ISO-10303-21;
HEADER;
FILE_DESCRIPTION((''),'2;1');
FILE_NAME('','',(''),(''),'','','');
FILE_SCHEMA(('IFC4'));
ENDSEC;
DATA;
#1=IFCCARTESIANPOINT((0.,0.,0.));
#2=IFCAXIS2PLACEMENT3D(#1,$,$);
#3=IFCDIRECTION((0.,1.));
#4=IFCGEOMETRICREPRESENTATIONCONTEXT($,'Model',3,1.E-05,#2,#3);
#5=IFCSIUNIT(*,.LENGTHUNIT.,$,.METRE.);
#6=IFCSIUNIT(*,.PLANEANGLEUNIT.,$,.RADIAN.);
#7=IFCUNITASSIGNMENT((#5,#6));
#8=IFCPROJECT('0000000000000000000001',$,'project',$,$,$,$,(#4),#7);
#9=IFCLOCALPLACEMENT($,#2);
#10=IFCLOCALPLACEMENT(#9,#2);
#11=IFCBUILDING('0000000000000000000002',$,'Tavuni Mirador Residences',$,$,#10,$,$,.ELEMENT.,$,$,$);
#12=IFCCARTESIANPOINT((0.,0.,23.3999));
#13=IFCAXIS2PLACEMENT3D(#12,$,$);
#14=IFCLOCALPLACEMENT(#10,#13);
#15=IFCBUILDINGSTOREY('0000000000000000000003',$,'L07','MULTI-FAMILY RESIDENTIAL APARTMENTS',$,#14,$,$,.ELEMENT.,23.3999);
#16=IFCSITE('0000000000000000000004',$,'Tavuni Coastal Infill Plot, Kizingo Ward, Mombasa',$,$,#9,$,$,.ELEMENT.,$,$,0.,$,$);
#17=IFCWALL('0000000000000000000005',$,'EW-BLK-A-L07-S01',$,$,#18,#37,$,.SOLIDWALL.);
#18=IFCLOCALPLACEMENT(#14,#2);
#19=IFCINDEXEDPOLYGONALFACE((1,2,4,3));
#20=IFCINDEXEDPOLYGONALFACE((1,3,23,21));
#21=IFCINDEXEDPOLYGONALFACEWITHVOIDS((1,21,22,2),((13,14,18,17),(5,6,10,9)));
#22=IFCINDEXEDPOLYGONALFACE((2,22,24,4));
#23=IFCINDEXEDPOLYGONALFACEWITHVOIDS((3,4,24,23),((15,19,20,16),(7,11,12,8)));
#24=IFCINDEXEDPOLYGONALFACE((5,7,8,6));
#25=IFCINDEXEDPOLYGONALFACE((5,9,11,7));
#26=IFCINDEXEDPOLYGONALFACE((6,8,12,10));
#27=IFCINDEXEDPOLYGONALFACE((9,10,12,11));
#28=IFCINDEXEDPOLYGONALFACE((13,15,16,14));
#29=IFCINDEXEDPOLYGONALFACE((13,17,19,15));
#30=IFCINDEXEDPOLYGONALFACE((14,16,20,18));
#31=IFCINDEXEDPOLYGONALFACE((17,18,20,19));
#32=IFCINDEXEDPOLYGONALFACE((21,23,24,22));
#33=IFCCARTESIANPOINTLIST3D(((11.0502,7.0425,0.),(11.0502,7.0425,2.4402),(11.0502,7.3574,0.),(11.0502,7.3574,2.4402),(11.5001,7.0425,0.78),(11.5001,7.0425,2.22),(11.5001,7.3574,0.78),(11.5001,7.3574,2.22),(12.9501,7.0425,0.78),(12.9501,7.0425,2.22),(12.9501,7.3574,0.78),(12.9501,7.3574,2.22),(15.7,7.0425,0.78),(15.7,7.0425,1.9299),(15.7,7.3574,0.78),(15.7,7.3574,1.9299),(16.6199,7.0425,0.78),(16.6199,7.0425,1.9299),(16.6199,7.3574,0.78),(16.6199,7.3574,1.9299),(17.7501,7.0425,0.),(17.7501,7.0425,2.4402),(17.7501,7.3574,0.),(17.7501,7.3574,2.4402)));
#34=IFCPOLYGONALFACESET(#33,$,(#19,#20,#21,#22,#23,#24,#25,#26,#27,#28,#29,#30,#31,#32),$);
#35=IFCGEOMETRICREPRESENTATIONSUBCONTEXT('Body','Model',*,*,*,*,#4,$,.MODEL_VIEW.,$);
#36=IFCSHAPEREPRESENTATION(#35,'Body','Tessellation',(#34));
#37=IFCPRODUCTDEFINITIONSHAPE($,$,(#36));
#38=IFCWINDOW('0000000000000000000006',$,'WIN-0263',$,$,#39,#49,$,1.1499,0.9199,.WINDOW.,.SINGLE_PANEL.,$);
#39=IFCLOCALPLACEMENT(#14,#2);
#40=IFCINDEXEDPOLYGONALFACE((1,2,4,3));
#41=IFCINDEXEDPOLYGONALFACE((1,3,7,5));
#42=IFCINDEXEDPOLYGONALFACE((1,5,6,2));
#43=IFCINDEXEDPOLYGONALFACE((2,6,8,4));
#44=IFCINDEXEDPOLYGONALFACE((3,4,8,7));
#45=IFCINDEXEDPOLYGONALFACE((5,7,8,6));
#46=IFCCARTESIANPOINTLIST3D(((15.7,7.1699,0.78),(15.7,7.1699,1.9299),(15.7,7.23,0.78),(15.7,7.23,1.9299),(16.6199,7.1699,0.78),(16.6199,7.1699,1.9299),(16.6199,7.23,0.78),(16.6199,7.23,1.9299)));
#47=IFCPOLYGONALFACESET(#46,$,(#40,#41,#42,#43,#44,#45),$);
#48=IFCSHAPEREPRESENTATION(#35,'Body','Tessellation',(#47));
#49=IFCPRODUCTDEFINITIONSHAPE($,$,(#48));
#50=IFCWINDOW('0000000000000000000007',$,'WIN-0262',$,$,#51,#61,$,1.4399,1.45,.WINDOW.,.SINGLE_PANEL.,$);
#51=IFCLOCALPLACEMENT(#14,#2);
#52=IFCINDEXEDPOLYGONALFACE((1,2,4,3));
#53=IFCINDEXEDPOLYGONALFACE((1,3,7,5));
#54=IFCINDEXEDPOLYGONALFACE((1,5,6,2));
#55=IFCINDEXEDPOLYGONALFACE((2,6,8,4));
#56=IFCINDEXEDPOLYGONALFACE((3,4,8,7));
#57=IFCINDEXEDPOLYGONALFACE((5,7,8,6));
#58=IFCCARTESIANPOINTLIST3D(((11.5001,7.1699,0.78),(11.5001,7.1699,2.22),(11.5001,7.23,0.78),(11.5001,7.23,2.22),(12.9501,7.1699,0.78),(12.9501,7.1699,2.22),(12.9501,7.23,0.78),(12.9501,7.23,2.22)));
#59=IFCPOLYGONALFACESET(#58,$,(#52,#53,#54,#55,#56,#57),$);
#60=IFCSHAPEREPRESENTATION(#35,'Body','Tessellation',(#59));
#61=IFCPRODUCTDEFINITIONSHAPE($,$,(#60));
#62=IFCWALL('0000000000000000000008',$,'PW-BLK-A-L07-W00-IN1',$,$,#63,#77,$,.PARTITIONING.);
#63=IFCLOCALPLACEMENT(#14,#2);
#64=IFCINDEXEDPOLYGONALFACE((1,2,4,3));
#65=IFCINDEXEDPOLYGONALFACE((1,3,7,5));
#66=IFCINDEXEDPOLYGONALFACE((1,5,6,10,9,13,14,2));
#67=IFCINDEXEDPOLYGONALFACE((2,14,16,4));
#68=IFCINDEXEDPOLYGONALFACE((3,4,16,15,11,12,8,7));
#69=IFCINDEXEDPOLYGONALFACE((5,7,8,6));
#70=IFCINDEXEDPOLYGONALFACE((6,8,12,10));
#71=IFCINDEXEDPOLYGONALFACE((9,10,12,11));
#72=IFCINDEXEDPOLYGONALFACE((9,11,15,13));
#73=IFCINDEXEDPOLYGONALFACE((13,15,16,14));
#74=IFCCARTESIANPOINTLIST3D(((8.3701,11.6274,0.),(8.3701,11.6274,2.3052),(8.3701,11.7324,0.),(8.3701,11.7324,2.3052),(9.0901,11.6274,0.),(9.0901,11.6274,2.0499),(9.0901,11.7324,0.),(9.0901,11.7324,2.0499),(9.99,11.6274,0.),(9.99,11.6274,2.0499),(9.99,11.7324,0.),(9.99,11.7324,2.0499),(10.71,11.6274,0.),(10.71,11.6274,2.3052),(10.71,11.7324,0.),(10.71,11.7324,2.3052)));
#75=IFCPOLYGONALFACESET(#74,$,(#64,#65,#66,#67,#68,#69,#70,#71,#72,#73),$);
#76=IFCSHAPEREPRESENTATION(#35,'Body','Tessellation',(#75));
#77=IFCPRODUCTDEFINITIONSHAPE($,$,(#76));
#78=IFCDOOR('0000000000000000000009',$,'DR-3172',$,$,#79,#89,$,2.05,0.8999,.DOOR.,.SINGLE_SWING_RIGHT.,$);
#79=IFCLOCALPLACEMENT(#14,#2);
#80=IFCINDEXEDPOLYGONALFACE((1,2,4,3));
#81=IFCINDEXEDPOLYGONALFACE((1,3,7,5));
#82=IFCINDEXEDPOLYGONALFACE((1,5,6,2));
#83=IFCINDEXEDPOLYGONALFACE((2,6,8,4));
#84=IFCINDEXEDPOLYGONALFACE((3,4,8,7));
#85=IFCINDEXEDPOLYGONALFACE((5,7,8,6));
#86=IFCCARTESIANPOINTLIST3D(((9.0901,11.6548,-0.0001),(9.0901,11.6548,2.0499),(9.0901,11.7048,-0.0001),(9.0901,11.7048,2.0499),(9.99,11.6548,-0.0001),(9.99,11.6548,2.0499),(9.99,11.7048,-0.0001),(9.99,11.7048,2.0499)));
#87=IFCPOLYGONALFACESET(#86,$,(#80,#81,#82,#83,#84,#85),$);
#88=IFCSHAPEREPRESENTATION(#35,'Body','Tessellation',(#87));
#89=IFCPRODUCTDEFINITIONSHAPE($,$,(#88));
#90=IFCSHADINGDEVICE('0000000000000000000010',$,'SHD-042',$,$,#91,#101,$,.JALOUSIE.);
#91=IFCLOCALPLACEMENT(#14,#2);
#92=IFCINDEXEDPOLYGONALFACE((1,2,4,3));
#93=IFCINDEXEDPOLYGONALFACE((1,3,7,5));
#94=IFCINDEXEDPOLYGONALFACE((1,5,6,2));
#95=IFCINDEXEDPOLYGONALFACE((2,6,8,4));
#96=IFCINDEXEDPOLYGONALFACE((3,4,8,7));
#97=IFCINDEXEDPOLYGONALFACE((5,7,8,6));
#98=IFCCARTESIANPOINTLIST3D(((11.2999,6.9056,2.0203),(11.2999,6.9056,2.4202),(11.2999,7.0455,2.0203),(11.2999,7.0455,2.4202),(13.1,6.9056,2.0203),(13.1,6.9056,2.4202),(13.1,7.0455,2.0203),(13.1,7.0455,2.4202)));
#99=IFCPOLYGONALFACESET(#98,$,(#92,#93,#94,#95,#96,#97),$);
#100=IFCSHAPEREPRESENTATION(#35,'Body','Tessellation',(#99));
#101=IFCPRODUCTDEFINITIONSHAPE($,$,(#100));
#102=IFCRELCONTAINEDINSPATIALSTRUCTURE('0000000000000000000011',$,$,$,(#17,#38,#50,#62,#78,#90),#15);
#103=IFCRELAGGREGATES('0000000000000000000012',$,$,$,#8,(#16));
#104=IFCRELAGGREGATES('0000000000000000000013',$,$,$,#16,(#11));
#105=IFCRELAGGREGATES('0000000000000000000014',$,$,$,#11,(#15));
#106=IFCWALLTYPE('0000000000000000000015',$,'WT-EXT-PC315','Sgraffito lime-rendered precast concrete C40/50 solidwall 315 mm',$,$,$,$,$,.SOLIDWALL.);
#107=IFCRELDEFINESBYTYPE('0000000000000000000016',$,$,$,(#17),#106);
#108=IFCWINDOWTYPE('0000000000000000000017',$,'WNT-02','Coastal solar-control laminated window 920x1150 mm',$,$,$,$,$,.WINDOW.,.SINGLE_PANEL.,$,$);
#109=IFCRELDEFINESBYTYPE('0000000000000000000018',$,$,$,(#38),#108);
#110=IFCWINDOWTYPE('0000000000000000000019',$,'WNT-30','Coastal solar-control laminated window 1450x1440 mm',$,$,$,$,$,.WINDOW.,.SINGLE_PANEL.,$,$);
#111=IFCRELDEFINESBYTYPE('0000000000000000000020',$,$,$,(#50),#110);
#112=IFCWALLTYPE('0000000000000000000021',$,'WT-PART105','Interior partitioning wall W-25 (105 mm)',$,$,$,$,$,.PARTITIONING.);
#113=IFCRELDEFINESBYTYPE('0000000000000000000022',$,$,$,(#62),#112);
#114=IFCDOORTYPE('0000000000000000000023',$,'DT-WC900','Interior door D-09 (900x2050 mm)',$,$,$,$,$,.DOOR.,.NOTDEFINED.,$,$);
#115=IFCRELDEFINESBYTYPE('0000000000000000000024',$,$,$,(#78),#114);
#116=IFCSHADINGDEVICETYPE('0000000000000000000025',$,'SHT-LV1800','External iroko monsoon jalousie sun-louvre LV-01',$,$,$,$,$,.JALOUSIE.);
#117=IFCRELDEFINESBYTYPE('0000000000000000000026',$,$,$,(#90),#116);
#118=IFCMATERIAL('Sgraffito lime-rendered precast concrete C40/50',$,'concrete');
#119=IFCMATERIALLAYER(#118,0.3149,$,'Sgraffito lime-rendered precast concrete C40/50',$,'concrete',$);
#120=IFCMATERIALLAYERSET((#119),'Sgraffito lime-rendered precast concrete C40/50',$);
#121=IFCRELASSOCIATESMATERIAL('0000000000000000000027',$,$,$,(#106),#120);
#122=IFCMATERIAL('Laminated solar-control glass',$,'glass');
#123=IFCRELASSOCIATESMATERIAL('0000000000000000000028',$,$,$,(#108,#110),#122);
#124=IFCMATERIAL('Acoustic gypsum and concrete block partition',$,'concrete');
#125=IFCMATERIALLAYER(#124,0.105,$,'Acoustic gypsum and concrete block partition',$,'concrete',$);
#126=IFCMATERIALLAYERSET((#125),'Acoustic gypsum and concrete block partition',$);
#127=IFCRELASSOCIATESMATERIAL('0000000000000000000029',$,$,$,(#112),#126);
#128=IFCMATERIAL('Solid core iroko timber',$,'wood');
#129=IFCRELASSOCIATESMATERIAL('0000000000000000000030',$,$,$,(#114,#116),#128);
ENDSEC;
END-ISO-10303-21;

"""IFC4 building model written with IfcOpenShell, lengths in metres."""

from ifc_helpers import new_model, si_unit, direction, frame, frame_2d, origin, origin_2d, place, context, subcontext, project, spatial, rectangle, extrude, material, layer, layer_set, type_object, element, fill, save


model = new_model("IFC4")

# Units and contexts
model_context = context("Model", 3, precision=1e-05, world=origin(), true_north=direction((0.0, 1.0)))
body_context = subcontext(model_context, "Body", "Model", "MODEL_VIEW")
ifc_project = project(units=[si_unit("LENGTHUNIT", "METRE"), si_unit("PLANEANGLEUNIT", "RADIAN")], contexts=[model_context])

# Site, building, storey
site_placement = place(None, origin())
site = spatial("IfcSite", under=ifc_project, at=site_placement, Name="Tavuni Coastal Infill Plot, Kizingo Ward, Mombasa", CompositionType="ELEMENT", RefElevation=0.0)
building_placement = place(site_placement, origin())
building = spatial("IfcBuilding", under=site, at=building_placement, Name="Tavuni Mirador Residences", CompositionType="ELEMENT")
storey_placement = place(building_placement, frame((0.0, 0.0, 23.3999)))
storey = spatial("IfcBuildingStorey", under=building, at=storey_placement, Name="L07", Description="MULTI-FAMILY RESIDENTIAL APARTMENTS", CompositionType="ELEMENT", Elevation=23.3999)

# Shared definitions
ifc_material_1 = material(Name="Solid core iroko timber", Category="wood")

# Wall, openings, windows
ifc_material_2 = material(Name="Sgraffito lime-rendered precast concrete C40/50", Category="concrete")
ifc_layer_1 = layer(ifc_material_2, 0.3149, Name="Sgraffito lime-rendered precast concrete C40/50", Category="concrete")
ifc_layer_set_1 = layer_set([ifc_layer_1], Name="Sgraffito lime-rendered precast concrete C40/50")
wall_type_1 = type_object("IfcWallType", Name="WT-EXT-PC315", Description="Sgraffito lime-rendered precast concrete C40/50 solidwall 315 mm", PredefinedType="SOLIDWALL", material=ifc_layer_set_1)
wall_1_placement = place(storey_placement, frame((11.05, 7.2, 0.0), z_axis=(0.0, 0.0, 1.0), x_axis=(1.0, 0.0, 0.0)))
wall_1 = element("IfcWall", 1, at=wall_1_placement, inside=storey, type_object=wall_type_1, Name="EW-BLK-A-L07-S01", PredefinedType="SOLIDWALL", context=body_context, shape_type="SweptSolid", body=[
    extrude(rectangle(XDim=6.7, YDim=0.3149, at=frame_2d((3.3501, 0.0))), origin(), (0.0, 0.0, 1.0), 2.4402),
])
opening_1_placement = place(wall_1_placement, frame((0.45, 0.0, 0.78)))
opening_1 = element("IfcOpeningElement", 2, at=opening_1_placement, cuts=wall_1, PredefinedType="OPENING", context=body_context, shape_type="SweptSolid", body=[
    extrude(rectangle(XDim=1.45, YDim=1.4399, at=frame_2d((0.7251, 0.72))), frame((0.0, 0.1675, 0.0), z_axis=(0.0, -1.0, 0.0), x_axis=(1.0, 0.0, 0.0)), (0.0, 0.0, 1.0), 0.335),
])
opening_2_placement = place(wall_1_placement, frame((4.6499, 0.0, 0.78)))
opening_2 = element("IfcOpeningElement", 3, at=opening_2_placement, cuts=wall_1, PredefinedType="OPENING", context=body_context, shape_type="SweptSolid", body=[
    extrude(rectangle(XDim=0.9199, YDim=1.1499, at=frame_2d((0.46, 0.575))), frame((0.0, 0.1675, 0.0), z_axis=(0.0, -1.0, 0.0), x_axis=(1.0, 0.0, 0.0)), (0.0, 0.0, 1.0), 0.335),
])
ifc_material_3 = material(Name="Laminated solar-control glass", Category="glass")
window_type_1 = type_object("IfcWindowType", Name="WNT-02", Description="Coastal solar-control laminated window 920x1150 mm", PartitioningType="SINGLE_PANEL", PredefinedType="WINDOW", material=ifc_material_3)
window_1_placement = place(opening_2_placement, origin())
window_1 = element("IfcWindow", 4, at=window_1_placement, inside=storey, type_object=window_type_1, Name="WIN-0263", OverallHeight=1.1499, OverallWidth=0.9199, PartitioningType="SINGLE_PANEL", PredefinedType="WINDOW", context=body_context, shape_type="SweptSolid", body=[
    extrude(rectangle(XDim=0.9199, YDim=1.1499, at=frame_2d((0.46, 0.575))), frame((0.0, 0.03, 0.0), z_axis=(0.0, -1.0, 0.0), x_axis=(1.0, 0.0, 0.0)), (0.0, 0.0, 1.0), 0.0601),
])
fill(opening_2, window_1)
window_type_2 = type_object("IfcWindowType", Name="WNT-30", Description="Coastal solar-control laminated window 1450x1440 mm", PartitioningType="SINGLE_PANEL", PredefinedType="WINDOW", material=ifc_material_3)
window_2_placement = place(opening_1_placement, origin())
window_2 = element("IfcWindow", 5, at=window_2_placement, inside=storey, type_object=window_type_2, Name="WIN-0262", OverallHeight=1.4399, OverallWidth=1.45, PartitioningType="SINGLE_PANEL", PredefinedType="WINDOW", context=body_context, shape_type="SweptSolid", body=[
    extrude(rectangle(XDim=1.45, YDim=1.4399, at=frame_2d((0.7251, 0.72))), frame((0.0, 0.03, 0.0), z_axis=(0.0, -1.0, 0.0), x_axis=(1.0, 0.0, 0.0)), (0.0, 0.0, 1.0), 0.0601),
])
fill(opening_1, window_2)

# Wall, opening, door
ifc_material_4 = material(Name="Acoustic gypsum and concrete block partition", Category="concrete")
ifc_layer_2 = layer(ifc_material_4, 0.105, Name="Acoustic gypsum and concrete block partition", Category="concrete")
ifc_layer_set_2 = layer_set([ifc_layer_2], Name="Acoustic gypsum and concrete block partition")
wall_type_2 = type_object("IfcWallType", Name="WT-PART105", Description="Interior partitioning wall W-25 (105 mm)", PredefinedType="PARTITIONING", material=ifc_layer_set_2)
wall_2_placement = place(storey_placement, frame((8.3701, 11.6799, 0.0), z_axis=(0.0, 0.0, 1.0), x_axis=(1.0, 0.0, 0.0)))
wall_2 = element("IfcWall", 6, at=wall_2_placement, inside=storey, type_object=wall_type_2, Name="PW-BLK-A-L07-W00-IN1", PredefinedType="PARTITIONING", context=body_context, shape_type="SweptSolid", body=[
    extrude(rectangle(XDim=2.3398, YDim=0.105, at=frame_2d((1.1699, 0.0))), origin(), (0.0, 0.0, 1.0), 2.3052),
])
opening_3_placement = place(wall_2_placement, frame((0.72, 0.0, 0.0)))
opening_3 = element("IfcOpeningElement", 7, at=opening_3_placement, cuts=wall_2, PredefinedType="OPENING", context=body_context, shape_type="SweptSolid", body=[
    extrude(rectangle(XDim=0.8999, YDim=2.05, at=frame_2d((0.45, 1.0249))), frame((0.0, 0.0625, 0.0), z_axis=(0.0, -1.0, 0.0), x_axis=(1.0, 0.0, 0.0)), (0.0, 0.0, 1.0), 0.125),
])
door_type_1 = type_object("IfcDoorType", Name="DT-WC900", Description="Interior door D-09 (900x2050 mm)", OperationType="NOTDEFINED", PredefinedType="DOOR", material=ifc_material_1)
door_1_placement = place(opening_3_placement, origin())
door_1 = element("IfcDoor", 8, at=door_1_placement, inside=storey, type_object=door_type_1, Name="DR-3172", OperationType="SINGLE_SWING_RIGHT", OverallHeight=2.05, OverallWidth=0.8999, PredefinedType="DOOR", context=body_context, shape_type="SweptSolid", body=[
    extrude(rectangle(XDim=0.8999, YDim=2.05, at=frame_2d((0.45, 1.0249))), frame((0.0, 0.0249, 0.0), z_axis=(0.0, -1.0, 0.0), x_axis=(1.0, 0.0, 0.0)), (0.0, 0.0, 1.0), 0.05),
])
fill(opening_3, door_1)

# Shading device
shading_device_type = type_object("IfcShadingDeviceType", Name="SHT-LV1800", Description="External iroko monsoon jalousie sun-louvre LV-01", PredefinedType="JALOUSIE", material=ifc_material_1)
shading_device_placement = place(storey_placement, frame((12.2, 6.9756, 2.0203), z_axis=(0.0, 0.0, 1.0), x_axis=(1.0, 0.0, 0.0)))
element("IfcShadingDevice", 9, at=shading_device_placement, inside=storey, type_object=shading_device_type, Name="SHD-042", PredefinedType="JALOUSIE", context=body_context, shape_type="SweptSolid", body=[
    extrude(rectangle(XDim=1.8, YDim=0.1399, at=origin_2d()), origin(), (0.0, 0.0, 1.0), 0.3999),
])

save(model, "model.ifc")
